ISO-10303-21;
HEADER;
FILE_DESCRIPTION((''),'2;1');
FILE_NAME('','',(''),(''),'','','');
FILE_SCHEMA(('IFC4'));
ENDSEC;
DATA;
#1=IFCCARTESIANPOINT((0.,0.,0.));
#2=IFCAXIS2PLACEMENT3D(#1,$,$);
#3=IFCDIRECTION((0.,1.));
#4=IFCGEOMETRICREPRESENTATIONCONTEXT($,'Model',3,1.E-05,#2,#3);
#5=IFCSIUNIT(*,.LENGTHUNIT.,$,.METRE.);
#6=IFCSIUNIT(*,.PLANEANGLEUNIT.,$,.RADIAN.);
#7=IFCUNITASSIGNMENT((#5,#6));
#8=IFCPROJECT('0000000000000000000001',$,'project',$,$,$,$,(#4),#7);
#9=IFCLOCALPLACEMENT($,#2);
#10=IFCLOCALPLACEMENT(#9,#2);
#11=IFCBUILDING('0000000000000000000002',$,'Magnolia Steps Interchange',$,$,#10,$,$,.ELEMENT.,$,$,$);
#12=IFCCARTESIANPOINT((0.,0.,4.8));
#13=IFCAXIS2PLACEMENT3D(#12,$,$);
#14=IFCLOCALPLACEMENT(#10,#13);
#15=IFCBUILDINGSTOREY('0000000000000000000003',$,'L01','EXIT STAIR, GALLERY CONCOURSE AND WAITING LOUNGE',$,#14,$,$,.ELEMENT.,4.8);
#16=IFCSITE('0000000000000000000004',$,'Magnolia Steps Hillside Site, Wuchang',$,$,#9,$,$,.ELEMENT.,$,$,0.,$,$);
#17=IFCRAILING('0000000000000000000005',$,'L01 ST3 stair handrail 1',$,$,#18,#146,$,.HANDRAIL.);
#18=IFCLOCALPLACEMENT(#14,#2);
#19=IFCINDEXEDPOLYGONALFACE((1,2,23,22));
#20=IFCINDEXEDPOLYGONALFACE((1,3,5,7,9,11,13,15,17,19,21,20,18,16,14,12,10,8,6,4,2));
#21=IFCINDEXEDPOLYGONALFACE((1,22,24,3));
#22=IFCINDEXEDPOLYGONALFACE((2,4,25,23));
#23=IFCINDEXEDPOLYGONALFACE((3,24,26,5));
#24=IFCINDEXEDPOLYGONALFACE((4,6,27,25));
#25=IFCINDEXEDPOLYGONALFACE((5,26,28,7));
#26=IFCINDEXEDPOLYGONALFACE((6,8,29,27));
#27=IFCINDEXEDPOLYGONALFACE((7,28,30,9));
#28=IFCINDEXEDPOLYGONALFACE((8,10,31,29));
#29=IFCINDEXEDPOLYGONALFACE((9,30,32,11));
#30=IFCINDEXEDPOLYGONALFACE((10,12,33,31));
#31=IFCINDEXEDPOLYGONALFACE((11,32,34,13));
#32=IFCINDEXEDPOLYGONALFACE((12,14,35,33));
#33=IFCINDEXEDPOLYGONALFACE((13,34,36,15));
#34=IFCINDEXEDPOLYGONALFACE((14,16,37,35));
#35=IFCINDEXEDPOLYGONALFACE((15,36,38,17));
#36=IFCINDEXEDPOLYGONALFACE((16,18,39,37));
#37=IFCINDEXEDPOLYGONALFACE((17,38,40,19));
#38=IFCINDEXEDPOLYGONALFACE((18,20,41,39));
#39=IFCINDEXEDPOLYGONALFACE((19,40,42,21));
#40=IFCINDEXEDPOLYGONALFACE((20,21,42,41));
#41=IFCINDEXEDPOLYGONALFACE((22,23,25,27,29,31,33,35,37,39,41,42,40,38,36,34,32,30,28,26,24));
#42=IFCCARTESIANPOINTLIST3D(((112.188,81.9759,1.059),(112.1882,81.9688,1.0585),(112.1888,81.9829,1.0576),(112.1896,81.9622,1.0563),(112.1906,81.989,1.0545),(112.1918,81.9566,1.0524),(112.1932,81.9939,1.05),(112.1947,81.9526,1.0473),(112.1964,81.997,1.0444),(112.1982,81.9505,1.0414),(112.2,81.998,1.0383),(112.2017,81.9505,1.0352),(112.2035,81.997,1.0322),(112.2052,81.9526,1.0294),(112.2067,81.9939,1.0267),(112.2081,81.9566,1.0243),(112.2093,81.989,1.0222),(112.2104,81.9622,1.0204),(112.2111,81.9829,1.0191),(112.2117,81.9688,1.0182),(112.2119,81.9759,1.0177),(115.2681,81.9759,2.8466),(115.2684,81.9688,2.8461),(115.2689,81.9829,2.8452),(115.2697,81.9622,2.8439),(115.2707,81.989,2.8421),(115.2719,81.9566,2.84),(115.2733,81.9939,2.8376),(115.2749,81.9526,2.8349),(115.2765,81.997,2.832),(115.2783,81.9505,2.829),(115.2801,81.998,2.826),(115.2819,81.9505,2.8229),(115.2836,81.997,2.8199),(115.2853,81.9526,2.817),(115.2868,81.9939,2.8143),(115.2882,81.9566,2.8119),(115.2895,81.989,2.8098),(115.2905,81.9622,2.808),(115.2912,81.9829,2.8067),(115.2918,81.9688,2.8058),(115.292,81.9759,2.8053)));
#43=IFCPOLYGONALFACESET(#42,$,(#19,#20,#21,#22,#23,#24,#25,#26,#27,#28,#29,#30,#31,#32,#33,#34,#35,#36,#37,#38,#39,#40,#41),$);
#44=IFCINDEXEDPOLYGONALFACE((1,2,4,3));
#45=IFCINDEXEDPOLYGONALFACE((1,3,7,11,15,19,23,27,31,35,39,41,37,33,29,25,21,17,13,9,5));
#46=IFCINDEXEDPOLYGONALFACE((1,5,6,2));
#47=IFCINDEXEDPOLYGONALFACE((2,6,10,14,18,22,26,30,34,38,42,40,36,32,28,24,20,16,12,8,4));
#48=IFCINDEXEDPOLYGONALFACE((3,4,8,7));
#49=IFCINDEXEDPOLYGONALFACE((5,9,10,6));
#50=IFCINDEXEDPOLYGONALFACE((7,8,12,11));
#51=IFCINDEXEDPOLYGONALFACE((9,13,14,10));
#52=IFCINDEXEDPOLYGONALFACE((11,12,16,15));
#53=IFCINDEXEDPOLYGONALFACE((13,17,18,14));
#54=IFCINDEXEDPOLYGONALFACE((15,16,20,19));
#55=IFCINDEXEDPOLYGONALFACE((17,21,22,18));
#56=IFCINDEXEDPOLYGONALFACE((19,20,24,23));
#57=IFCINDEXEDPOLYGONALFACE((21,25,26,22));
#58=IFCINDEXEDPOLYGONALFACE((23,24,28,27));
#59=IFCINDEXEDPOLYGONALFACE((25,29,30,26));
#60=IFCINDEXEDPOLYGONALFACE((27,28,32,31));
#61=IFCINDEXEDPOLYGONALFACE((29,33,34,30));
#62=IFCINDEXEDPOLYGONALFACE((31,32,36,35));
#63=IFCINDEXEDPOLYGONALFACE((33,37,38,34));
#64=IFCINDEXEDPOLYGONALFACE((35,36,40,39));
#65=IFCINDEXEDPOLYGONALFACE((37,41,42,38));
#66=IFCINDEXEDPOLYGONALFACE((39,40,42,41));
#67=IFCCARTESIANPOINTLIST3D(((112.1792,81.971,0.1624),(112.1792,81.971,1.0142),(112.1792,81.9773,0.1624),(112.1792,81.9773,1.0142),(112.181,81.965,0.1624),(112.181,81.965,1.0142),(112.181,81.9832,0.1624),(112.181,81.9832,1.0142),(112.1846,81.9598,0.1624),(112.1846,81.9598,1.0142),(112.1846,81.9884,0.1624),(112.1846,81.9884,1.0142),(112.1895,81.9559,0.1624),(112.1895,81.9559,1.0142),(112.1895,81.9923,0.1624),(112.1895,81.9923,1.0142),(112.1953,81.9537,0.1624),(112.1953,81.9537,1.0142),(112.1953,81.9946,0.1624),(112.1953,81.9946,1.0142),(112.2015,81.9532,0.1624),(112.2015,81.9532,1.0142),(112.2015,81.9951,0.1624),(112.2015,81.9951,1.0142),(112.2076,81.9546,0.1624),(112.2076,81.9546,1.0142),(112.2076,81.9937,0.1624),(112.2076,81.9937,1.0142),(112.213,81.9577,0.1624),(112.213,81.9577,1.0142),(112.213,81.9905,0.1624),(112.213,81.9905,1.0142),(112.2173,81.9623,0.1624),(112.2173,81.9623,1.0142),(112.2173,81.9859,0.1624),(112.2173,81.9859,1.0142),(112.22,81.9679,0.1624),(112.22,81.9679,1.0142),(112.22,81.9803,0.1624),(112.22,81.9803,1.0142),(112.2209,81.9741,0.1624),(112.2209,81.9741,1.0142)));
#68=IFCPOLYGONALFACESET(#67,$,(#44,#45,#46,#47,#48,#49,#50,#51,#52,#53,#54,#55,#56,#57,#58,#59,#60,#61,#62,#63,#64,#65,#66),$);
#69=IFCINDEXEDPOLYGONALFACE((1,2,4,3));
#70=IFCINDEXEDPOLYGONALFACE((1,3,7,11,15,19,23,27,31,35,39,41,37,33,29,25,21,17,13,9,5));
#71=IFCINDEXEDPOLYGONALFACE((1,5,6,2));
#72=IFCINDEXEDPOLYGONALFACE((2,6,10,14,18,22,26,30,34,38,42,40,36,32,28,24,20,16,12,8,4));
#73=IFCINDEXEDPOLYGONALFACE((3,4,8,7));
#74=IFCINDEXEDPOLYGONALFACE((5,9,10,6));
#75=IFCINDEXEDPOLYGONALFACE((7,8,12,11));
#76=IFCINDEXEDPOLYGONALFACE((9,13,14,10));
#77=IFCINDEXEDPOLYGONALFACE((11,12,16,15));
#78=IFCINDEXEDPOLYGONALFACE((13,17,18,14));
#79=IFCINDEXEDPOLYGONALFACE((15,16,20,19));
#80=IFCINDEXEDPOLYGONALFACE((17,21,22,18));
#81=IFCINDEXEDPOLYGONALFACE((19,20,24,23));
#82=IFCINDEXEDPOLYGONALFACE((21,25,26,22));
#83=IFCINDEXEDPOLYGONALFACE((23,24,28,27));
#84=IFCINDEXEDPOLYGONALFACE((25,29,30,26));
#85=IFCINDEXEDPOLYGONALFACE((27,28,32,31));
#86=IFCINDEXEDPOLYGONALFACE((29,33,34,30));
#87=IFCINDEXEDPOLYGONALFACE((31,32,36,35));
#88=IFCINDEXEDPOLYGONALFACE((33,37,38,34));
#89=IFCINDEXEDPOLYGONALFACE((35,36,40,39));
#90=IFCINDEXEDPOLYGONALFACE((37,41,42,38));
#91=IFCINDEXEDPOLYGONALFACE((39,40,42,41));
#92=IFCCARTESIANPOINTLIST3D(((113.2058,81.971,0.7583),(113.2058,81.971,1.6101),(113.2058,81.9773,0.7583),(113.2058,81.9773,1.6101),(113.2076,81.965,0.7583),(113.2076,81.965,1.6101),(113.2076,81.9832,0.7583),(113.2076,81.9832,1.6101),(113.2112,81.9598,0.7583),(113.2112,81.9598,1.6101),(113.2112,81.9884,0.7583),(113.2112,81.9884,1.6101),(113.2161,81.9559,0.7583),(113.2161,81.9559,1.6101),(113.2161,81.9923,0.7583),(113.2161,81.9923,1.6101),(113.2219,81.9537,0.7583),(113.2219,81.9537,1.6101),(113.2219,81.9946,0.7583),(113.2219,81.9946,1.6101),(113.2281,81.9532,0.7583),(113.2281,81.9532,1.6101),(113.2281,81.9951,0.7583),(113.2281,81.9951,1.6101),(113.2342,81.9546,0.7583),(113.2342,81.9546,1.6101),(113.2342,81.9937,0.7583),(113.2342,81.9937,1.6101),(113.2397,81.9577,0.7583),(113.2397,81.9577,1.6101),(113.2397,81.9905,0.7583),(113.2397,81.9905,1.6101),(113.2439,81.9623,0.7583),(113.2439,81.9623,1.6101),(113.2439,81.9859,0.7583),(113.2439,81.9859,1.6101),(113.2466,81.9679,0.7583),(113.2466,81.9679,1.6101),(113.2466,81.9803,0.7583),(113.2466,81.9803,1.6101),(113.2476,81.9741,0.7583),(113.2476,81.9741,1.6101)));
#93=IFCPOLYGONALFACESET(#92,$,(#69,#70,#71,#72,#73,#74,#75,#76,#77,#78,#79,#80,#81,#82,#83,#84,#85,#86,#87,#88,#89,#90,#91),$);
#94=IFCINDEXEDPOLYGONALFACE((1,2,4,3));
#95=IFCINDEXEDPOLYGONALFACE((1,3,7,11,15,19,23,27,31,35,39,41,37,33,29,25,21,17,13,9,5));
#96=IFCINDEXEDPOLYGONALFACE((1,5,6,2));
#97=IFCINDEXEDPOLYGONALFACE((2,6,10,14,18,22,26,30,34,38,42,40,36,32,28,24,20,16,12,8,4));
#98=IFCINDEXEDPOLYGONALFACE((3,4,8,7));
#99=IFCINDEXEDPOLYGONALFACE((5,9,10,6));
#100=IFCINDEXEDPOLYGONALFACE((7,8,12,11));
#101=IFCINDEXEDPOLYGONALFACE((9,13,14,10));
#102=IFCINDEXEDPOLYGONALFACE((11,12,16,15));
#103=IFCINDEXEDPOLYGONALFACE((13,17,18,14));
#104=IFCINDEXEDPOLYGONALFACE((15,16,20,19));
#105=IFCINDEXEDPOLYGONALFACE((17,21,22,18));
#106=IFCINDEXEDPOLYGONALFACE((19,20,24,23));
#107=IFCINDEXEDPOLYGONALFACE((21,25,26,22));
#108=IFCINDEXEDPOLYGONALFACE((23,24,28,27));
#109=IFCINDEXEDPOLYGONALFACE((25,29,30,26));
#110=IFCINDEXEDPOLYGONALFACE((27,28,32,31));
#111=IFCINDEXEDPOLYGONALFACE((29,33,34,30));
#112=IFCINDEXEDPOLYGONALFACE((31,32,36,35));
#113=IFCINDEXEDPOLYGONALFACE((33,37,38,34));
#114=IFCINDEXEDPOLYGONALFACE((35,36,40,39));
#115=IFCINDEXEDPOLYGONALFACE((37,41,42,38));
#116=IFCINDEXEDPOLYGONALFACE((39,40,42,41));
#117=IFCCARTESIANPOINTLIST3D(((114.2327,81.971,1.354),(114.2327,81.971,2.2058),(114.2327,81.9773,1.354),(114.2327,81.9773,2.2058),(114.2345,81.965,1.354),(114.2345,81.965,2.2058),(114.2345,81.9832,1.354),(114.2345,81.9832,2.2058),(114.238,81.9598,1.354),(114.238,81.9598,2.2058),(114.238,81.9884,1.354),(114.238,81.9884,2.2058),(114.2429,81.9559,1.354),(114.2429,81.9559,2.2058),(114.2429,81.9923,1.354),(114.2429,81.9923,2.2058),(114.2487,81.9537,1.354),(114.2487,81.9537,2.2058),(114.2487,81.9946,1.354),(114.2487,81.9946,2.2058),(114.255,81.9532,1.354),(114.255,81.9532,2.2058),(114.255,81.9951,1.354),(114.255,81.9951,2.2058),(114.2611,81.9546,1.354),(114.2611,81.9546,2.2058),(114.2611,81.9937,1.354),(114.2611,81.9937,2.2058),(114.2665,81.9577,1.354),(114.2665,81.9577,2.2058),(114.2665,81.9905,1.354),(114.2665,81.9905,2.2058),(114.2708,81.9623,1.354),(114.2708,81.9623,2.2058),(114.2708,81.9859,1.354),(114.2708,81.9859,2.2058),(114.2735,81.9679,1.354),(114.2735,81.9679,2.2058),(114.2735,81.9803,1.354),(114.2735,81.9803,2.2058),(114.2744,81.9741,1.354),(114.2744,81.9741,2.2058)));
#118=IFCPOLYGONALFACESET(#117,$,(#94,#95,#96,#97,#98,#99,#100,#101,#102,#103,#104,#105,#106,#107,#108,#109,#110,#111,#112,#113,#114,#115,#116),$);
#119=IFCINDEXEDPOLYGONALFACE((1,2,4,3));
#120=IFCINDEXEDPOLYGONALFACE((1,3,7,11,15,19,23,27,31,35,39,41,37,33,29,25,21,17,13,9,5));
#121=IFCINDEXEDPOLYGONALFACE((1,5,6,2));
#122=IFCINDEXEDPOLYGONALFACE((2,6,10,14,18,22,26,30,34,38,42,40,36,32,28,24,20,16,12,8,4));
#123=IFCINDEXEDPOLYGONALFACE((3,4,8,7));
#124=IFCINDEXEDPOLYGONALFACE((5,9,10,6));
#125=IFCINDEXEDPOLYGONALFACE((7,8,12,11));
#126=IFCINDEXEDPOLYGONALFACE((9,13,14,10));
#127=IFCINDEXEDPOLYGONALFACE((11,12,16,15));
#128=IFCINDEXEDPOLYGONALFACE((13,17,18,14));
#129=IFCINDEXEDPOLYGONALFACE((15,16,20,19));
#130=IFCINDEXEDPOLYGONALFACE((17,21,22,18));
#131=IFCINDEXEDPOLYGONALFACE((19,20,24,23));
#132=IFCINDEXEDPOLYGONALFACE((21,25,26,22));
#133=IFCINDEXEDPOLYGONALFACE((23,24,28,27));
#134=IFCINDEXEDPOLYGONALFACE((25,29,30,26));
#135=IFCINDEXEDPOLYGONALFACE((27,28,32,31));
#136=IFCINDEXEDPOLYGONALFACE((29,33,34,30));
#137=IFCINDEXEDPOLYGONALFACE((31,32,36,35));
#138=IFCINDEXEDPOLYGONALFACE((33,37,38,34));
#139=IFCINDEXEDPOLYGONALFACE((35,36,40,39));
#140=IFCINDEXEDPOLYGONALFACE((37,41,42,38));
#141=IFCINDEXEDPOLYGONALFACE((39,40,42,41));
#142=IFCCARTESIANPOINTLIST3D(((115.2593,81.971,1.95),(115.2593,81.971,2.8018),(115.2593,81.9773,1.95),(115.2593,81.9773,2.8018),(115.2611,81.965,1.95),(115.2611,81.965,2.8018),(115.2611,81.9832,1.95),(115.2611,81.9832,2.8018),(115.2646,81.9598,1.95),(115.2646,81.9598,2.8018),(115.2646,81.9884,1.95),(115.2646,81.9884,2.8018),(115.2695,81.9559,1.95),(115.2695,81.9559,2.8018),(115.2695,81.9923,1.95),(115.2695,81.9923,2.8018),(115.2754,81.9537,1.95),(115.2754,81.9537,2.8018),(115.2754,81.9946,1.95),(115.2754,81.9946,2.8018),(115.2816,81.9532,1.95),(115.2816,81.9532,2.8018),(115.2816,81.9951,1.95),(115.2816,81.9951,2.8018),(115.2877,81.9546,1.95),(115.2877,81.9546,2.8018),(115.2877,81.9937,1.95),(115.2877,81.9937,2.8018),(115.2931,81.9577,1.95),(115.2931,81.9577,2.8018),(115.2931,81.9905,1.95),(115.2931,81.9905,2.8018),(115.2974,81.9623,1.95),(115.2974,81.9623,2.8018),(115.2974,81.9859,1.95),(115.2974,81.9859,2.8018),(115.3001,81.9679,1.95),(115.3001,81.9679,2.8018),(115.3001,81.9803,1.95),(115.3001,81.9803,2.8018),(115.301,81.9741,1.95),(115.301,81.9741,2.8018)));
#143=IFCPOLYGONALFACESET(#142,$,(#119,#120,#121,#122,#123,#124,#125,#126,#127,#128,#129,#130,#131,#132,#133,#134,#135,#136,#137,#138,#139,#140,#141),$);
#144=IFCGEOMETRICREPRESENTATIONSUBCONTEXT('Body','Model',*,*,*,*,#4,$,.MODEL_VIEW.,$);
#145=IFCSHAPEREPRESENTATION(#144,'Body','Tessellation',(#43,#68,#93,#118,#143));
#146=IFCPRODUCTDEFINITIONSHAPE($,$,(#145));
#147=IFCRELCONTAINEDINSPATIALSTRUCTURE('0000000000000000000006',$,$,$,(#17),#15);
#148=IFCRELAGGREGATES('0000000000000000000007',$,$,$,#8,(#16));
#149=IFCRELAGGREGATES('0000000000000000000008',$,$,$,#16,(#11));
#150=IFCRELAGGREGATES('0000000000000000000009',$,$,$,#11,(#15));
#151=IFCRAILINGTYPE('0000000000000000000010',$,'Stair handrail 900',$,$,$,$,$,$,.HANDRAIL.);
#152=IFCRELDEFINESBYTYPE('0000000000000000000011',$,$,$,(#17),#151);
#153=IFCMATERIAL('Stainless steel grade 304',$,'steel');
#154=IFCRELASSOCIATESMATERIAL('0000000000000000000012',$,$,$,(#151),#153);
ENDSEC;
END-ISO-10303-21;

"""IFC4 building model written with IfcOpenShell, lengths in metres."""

from ifc_helpers import new_model, si_unit, direction, frame, origin, origin_2d, place, context, subcontext, project, spatial, circle, extrude, material, type_object, element, save


model = new_model("IFC4")

# Units and contexts
model_context = context("Model", 3, precision=1e-05, world=origin(), true_north=direction((0.0, 1.0)))
body_context = subcontext(model_context, "Body", "Model", "MODEL_VIEW")
ifc_project = project(units=[si_unit("LENGTHUNIT", "METRE"), si_unit("PLANEANGLEUNIT", "RADIAN")], contexts=[model_context])

# Site, building, storey
site_placement = place(None, origin())
site = spatial("IfcSite", under=ifc_project, at=site_placement, Name="Magnolia Steps Hillside Site, Wuchang", CompositionType="ELEMENT", RefElevation=0.0)
building_placement = place(site_placement, origin())
building = spatial("IfcBuilding", under=site, at=building_placement, Name="Magnolia Steps Interchange", CompositionType="ELEMENT")
storey_placement = place(building_placement, frame((0.0, 0.0, 4.8)))
storey = spatial("IfcBuildingStorey", under=building, at=storey_placement, Name="L01", Description="EXIT STAIR, GALLERY CONCOURSE AND WAITING LOUNGE", CompositionType="ELEMENT", Elevation=4.8)

# Railing
ifc_material_1 = material(Name="Stainless steel grade 304", Category="steel")
railing_type_1 = type_object("IfcRailingType", Name="Stair handrail 900", PredefinedType="HANDRAIL", material=ifc_material_1)
railing_1_placement = place(storey_placement, frame((112.2, 81.9741, 0.1624)))
element("IfcRailing", 1, at=railing_1_placement, inside=storey, type_object=railing_type_1, Name="L01 ST3 stair handrail 1", PredefinedType="HANDRAIL", context=body_context, shape_type="SweptSolid", body=[
    extrude(circle(Radius=0.0239, at=origin_2d()), frame((0.0, 0.0, 0.876), z_axis=(0.864891, 0.0, 0.50196), x_axis=(0.0, 1.0, 0.0)), (0.0, 0.0, 1.0), 3.5613),
    extrude(circle(Radius=0.021, at=origin_2d()), origin(), (0.0, 0.0, 1.0), 0.8518),
    extrude(circle(Radius=0.021, at=origin_2d()), frame((1.0266, 0.0, 0.5959)), (0.0, 0.0, 1.0), 0.8518),
    extrude(circle(Radius=0.021, at=origin_2d()), frame((2.0535, 0.0, 1.1917)), (0.0, 0.0, 1.0), 0.8518),
    extrude(circle(Radius=0.021, at=origin_2d()), frame((3.0801, 0.0, 1.7876)), (0.0, 0.0, 1.0), 0.8518),
])

save(model, "model.ifc")
